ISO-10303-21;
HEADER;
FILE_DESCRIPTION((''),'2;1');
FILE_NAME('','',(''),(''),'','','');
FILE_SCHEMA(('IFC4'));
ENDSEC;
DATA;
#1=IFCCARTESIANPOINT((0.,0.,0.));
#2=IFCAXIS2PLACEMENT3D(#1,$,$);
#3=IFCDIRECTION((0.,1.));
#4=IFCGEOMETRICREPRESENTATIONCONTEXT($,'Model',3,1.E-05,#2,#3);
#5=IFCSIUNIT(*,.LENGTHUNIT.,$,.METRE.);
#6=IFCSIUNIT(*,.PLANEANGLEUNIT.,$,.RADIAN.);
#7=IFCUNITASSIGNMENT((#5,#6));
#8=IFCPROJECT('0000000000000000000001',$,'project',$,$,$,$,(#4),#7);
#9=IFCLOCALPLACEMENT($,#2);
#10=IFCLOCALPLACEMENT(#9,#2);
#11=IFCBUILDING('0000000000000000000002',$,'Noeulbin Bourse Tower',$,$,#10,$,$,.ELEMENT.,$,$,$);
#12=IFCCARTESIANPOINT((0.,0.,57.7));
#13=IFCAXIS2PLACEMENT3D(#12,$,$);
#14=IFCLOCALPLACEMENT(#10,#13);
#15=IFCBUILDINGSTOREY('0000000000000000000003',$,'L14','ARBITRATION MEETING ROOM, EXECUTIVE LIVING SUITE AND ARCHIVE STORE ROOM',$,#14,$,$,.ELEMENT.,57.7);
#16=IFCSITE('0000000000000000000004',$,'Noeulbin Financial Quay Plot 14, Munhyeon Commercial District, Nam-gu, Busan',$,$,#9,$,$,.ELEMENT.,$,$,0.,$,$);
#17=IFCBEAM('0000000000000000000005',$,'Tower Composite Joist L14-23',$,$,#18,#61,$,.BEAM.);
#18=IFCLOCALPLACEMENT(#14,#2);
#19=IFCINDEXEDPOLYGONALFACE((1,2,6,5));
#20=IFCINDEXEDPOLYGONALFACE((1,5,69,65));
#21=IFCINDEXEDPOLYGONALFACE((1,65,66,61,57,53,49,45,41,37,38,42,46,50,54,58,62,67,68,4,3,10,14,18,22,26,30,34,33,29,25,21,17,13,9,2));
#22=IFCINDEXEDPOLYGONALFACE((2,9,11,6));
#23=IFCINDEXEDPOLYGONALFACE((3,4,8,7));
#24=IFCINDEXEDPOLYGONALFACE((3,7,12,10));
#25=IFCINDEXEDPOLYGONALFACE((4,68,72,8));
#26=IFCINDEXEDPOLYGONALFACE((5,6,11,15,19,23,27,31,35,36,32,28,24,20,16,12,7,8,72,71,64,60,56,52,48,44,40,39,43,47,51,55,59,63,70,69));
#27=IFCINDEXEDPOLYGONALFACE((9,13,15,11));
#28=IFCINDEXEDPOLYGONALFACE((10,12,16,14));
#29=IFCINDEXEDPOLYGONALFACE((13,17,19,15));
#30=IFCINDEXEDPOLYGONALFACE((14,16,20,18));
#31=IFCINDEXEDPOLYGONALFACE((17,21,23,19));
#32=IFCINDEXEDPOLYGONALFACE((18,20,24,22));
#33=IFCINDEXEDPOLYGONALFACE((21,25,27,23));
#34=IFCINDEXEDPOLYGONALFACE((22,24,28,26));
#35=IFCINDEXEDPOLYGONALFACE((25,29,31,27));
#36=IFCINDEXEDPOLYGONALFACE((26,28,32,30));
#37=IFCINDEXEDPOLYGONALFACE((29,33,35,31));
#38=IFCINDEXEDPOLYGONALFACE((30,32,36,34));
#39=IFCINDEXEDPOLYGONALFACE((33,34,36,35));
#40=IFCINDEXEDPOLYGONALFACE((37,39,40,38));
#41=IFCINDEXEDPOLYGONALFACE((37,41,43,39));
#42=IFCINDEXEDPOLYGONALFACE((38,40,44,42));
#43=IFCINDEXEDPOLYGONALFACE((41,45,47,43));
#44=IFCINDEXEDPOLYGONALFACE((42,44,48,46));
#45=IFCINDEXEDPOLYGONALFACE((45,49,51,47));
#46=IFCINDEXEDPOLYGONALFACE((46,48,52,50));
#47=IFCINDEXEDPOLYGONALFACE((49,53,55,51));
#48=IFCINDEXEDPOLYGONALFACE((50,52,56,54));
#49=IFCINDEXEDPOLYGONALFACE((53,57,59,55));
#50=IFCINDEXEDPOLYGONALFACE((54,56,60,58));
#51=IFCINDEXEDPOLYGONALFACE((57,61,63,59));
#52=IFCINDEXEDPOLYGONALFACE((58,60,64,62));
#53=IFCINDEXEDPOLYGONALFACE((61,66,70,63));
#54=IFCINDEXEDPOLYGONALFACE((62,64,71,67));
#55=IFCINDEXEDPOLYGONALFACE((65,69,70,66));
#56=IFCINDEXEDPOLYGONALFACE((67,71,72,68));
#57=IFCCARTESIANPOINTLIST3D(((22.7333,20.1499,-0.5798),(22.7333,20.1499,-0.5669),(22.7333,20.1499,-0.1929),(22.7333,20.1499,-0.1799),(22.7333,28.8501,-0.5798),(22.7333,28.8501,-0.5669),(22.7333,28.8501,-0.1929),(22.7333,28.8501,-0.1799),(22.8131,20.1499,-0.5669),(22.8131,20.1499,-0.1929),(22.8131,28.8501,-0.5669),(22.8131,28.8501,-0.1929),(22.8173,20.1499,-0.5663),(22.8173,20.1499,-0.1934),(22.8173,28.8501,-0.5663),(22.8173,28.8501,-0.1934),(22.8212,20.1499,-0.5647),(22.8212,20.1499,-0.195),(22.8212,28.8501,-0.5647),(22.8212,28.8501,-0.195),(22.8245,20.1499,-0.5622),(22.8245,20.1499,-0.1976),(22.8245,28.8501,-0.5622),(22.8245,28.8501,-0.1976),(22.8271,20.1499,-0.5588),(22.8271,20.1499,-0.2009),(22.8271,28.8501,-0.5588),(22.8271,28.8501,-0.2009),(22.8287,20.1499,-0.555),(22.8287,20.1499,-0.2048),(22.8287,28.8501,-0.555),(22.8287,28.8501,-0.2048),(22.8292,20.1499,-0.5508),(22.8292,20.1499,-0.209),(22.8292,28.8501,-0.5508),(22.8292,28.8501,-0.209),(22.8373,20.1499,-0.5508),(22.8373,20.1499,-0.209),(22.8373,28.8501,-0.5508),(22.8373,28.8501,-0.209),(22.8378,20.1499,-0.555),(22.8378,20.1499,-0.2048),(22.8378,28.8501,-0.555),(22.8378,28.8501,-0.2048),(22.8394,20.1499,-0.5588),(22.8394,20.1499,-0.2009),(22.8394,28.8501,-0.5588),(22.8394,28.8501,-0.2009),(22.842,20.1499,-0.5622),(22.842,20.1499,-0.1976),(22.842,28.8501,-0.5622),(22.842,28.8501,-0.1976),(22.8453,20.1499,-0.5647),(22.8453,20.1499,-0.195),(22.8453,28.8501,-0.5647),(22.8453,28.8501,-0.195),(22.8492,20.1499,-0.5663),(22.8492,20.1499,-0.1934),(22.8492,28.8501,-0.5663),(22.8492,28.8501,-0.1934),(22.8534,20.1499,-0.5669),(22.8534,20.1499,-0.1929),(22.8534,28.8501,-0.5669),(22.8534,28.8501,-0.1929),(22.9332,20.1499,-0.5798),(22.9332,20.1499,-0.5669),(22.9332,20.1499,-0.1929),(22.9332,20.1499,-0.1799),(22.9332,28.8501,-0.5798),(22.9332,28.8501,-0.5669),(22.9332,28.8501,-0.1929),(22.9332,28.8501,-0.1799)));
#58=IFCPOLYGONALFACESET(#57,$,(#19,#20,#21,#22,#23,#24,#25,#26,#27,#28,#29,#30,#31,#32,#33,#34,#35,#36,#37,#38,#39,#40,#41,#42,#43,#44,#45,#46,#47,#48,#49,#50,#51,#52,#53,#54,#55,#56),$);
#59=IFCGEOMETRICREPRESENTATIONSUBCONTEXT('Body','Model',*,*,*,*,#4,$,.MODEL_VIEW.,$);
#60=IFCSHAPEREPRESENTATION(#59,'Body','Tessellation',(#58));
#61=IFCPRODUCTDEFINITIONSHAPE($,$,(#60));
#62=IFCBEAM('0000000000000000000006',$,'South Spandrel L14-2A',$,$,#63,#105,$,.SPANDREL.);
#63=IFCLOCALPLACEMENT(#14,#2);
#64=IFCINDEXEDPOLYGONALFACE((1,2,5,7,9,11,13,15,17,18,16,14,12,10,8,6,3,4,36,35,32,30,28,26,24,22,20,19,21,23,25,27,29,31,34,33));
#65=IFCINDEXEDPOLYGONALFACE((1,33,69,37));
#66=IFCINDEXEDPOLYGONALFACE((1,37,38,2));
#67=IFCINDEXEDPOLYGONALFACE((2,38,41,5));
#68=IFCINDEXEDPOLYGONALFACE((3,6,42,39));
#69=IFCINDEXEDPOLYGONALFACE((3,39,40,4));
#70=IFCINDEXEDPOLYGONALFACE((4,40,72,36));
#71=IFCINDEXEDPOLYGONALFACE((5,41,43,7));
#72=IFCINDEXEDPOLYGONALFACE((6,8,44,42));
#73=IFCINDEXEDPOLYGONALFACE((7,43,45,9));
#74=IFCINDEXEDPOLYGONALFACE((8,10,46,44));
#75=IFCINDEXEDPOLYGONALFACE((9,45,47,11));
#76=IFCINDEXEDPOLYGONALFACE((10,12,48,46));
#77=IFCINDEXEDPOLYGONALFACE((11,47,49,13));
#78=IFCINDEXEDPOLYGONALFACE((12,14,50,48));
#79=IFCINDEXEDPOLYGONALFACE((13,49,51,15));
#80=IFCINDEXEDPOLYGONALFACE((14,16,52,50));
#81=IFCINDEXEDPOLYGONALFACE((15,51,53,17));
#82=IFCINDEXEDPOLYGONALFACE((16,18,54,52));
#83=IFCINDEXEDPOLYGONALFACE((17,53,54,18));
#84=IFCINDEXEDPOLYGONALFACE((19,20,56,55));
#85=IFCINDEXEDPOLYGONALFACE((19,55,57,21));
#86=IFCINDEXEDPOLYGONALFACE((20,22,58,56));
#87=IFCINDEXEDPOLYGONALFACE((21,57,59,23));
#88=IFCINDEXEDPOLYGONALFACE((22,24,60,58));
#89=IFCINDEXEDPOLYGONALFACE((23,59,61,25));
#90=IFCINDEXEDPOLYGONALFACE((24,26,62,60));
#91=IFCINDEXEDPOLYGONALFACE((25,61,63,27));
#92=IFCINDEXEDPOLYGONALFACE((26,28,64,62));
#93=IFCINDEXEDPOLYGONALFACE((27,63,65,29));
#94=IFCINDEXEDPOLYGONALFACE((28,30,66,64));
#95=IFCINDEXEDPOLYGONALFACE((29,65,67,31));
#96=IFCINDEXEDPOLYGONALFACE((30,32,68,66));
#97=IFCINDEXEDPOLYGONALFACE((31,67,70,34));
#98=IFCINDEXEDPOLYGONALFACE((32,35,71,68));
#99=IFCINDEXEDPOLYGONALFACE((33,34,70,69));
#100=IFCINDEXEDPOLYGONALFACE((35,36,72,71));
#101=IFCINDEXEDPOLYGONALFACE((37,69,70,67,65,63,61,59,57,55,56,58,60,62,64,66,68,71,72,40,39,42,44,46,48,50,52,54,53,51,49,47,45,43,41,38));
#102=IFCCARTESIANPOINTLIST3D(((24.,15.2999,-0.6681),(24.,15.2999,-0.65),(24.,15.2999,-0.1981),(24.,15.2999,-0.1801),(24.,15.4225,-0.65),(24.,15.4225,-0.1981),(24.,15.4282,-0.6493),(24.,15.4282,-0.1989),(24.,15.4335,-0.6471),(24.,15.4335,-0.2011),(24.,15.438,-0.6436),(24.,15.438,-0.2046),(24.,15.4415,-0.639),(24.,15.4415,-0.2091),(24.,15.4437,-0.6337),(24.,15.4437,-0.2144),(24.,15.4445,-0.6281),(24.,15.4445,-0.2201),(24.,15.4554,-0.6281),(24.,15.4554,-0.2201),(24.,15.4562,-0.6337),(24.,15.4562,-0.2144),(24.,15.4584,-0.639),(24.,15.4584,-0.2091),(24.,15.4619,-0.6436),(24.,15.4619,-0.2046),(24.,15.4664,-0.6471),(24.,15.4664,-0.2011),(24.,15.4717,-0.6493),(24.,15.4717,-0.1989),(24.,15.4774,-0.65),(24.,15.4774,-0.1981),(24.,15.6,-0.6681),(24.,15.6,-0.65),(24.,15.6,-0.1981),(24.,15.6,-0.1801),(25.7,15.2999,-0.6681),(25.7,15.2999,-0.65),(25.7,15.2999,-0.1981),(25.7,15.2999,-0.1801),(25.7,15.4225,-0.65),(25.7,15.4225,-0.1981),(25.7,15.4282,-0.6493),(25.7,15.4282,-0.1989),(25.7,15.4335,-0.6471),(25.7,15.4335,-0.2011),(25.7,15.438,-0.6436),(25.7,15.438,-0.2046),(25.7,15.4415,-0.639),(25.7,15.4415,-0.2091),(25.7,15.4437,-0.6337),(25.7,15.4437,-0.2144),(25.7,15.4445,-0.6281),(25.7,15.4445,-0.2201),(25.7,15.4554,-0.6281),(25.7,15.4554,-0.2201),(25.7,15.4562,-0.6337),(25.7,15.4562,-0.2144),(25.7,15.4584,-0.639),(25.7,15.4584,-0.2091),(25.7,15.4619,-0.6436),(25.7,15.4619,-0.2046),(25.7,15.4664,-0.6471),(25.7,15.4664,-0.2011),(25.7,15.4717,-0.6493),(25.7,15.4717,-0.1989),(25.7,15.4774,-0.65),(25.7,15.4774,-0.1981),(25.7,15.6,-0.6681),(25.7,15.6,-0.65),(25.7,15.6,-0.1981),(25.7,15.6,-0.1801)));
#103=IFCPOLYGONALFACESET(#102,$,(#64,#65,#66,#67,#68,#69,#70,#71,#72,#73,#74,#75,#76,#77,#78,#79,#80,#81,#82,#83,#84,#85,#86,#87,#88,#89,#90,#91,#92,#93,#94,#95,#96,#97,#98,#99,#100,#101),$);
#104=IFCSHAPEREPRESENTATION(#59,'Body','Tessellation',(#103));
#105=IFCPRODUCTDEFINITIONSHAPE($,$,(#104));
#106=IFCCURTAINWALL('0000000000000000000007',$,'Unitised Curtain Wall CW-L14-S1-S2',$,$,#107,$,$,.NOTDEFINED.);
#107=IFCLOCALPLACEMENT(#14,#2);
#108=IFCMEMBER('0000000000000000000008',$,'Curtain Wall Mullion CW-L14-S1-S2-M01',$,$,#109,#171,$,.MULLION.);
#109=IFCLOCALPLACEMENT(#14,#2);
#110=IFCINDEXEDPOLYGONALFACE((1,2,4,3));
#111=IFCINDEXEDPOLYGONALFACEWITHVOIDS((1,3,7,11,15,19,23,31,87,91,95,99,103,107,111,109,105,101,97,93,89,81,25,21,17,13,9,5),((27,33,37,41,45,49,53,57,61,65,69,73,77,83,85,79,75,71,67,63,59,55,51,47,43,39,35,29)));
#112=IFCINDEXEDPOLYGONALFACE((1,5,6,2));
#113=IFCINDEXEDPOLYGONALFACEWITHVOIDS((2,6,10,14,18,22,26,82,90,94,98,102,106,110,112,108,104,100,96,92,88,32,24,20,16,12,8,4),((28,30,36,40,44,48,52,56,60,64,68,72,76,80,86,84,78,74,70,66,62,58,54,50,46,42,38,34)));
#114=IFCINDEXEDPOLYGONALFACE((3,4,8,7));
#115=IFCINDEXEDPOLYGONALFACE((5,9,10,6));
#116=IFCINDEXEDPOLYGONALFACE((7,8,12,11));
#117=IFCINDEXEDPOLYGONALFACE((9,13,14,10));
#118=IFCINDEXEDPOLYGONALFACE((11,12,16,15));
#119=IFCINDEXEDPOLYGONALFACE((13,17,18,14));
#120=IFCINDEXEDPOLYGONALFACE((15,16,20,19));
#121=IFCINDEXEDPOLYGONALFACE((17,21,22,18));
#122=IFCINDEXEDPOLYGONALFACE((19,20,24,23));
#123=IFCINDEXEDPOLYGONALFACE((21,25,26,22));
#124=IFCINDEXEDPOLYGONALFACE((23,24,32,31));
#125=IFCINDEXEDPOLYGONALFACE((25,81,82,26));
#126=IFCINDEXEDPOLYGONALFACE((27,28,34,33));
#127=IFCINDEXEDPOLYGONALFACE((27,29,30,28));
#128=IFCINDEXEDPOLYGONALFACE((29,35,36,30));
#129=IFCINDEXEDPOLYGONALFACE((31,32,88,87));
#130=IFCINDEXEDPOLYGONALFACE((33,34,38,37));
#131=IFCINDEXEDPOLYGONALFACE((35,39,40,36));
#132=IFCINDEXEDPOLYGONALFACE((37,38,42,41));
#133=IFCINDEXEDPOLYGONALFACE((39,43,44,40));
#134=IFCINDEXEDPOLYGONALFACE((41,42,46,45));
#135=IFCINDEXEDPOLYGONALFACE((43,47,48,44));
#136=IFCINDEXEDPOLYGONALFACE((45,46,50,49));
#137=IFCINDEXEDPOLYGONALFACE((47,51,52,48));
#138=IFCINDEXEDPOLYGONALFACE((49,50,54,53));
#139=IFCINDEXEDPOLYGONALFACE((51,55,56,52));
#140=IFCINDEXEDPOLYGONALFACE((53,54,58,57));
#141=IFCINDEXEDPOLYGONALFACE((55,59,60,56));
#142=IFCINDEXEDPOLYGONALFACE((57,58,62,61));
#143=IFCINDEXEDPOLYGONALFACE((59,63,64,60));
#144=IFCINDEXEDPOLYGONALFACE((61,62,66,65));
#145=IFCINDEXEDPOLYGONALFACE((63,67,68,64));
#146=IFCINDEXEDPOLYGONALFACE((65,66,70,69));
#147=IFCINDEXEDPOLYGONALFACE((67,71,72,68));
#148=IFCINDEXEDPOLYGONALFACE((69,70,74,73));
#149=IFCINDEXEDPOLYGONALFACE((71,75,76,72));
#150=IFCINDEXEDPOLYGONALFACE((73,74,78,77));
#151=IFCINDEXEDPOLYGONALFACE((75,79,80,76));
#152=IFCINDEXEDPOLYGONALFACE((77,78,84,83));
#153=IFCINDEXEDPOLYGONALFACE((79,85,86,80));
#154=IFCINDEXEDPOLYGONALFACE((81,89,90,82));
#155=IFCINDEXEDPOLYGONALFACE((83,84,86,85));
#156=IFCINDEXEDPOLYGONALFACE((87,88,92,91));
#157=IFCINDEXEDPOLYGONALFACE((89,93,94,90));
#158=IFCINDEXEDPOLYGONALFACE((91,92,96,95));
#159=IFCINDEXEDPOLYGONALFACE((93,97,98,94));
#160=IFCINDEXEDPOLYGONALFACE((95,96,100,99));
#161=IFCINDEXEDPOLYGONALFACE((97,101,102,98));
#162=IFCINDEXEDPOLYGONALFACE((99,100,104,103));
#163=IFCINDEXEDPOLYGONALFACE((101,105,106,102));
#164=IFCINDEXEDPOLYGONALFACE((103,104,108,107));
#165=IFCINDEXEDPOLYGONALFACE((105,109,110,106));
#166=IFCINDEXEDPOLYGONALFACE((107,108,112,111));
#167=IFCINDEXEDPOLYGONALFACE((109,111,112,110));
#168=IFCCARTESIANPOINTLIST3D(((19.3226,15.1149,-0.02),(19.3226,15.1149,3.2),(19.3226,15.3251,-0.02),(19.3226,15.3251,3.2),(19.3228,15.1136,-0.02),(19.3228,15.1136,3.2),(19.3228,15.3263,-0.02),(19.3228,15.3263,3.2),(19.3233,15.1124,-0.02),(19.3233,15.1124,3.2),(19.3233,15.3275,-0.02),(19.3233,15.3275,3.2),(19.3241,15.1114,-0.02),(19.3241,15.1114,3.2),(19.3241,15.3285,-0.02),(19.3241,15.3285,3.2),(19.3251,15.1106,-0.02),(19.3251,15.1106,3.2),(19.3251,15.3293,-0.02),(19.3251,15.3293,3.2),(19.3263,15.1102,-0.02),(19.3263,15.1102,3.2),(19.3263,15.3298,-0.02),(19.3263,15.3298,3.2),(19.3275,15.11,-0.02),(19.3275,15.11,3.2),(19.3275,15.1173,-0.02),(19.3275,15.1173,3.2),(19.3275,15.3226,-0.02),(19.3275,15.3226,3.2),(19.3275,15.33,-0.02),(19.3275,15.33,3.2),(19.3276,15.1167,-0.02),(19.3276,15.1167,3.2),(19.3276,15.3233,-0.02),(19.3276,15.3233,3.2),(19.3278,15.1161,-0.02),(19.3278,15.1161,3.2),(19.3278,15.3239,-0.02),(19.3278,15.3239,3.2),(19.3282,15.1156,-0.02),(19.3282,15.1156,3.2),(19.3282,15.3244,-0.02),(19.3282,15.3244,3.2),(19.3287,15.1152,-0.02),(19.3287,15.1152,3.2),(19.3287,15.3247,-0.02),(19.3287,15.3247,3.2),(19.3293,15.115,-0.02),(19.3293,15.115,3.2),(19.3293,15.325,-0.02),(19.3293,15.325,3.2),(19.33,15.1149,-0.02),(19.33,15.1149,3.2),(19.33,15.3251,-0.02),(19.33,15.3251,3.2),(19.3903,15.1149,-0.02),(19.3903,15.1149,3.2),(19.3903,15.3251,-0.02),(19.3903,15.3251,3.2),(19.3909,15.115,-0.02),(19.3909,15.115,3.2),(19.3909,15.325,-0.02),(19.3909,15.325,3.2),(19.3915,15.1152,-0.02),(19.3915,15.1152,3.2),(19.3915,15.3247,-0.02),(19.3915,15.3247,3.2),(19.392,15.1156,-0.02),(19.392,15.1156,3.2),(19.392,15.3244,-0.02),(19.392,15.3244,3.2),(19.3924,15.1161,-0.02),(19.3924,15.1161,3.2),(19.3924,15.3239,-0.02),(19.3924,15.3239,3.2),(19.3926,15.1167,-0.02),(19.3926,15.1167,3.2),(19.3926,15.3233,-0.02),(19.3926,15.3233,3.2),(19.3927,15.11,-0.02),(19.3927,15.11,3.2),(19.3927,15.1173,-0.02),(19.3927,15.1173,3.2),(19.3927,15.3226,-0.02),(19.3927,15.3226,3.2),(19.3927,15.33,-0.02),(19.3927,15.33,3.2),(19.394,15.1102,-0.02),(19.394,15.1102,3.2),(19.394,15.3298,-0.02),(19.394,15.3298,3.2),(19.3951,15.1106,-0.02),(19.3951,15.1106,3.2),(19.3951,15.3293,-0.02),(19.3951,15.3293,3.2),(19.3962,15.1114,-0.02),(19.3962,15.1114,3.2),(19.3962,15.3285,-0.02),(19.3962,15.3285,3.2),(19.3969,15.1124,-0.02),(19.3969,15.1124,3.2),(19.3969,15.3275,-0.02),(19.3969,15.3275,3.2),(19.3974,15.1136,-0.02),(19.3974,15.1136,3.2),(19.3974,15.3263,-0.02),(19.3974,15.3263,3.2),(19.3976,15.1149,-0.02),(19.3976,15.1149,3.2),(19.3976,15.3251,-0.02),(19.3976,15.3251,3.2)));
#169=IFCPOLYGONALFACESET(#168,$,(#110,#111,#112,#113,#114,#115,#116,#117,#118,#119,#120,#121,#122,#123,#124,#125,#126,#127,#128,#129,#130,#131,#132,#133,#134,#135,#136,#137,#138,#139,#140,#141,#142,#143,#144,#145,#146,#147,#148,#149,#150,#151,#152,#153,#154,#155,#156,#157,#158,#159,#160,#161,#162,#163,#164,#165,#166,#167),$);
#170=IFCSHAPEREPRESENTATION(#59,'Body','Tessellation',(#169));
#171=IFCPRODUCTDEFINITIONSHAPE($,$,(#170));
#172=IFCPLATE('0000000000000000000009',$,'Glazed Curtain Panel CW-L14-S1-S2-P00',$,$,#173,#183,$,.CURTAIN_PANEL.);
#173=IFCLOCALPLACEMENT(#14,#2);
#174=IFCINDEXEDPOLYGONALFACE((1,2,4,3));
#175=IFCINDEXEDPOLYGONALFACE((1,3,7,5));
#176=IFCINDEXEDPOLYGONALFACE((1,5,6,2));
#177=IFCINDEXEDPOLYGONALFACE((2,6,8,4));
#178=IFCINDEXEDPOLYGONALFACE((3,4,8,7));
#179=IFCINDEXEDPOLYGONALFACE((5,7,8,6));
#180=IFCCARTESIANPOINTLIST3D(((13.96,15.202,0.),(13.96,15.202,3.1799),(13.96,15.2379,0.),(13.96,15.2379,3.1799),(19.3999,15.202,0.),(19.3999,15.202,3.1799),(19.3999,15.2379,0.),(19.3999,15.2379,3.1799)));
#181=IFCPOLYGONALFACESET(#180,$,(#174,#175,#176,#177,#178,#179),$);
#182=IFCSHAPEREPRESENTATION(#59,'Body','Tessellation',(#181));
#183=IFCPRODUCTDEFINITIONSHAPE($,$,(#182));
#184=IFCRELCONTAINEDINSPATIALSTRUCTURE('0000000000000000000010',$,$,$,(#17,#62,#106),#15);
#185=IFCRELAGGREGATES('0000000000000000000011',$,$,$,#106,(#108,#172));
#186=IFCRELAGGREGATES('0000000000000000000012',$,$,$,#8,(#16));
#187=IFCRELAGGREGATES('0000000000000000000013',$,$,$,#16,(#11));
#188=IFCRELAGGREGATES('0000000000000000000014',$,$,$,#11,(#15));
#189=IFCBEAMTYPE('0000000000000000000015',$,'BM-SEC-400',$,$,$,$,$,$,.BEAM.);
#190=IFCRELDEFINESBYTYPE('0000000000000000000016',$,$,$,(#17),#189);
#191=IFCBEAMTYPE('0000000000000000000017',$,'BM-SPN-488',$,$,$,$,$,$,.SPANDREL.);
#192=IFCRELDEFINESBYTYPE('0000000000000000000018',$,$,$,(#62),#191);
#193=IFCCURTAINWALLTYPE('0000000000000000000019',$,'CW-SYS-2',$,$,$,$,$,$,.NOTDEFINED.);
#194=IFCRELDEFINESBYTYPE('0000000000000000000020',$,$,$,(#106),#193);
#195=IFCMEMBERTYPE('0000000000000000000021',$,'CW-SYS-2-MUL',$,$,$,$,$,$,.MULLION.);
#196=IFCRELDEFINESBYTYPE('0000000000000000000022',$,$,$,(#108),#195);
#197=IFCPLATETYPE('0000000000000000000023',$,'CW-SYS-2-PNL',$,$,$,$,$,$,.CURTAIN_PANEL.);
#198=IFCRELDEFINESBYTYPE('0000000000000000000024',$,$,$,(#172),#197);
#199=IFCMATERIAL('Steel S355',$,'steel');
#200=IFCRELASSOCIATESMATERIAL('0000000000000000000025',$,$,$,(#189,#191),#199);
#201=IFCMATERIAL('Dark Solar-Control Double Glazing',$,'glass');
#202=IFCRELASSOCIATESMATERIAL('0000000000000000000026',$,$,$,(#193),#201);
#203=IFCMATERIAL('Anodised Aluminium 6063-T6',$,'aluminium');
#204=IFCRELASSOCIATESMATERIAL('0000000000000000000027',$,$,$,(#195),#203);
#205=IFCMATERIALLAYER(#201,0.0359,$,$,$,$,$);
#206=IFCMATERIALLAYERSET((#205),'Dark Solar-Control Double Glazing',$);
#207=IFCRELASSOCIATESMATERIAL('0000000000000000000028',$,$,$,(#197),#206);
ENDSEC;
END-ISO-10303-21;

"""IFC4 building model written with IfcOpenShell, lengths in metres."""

from ifc_helpers import new_model, si_unit, direction, frame, origin, origin_2d, place, context, subcontext, project, spatial, rectangle, hollow_rectangle, i_section, extrude, material, layer, layer_set, material_profile, profile_set, type_object, element, aggregate, save


model = new_model("IFC4")

# Units and contexts
model_context = context("Model", 3, precision=1e-05, world=origin(), true_north=direction((0.0, 1.0)))
body_context = subcontext(model_context, "Body", "Model", "MODEL_VIEW")
ifc_project = project(units=[si_unit("LENGTHUNIT", "METRE"), si_unit("PLANEANGLEUNIT", "RADIAN")], contexts=[model_context])

# Site, building, storey
site_placement = place(None, origin())
site = spatial("IfcSite", under=ifc_project, at=site_placement, Name="Noeulbin Financial Quay Plot 14, Munhyeon Commercial District, Nam-gu, Busan", CompositionType="ELEMENT", RefElevation=0.0)
building_placement = place(site_placement, origin())
building = spatial("IfcBuilding", under=site, at=building_placement, Name="Noeulbin Bourse Tower", CompositionType="ELEMENT")
storey_placement = place(building_placement, frame((0.0, 0.0, 57.7)))
storey = spatial("IfcBuildingStorey", under=building, at=storey_placement, Name="L14", Description="ARBITRATION MEETING ROOM, EXECUTIVE LIVING SUITE AND ARCHIVE STORE ROOM", CompositionType="ELEMENT", Elevation=57.7)

# Beams
ifc_material_1 = material(Name="Steel S355", Category="steel")
ifc_material_profile_1 = material_profile(ifc_material_1, i_section(OverallWidth=0.2, OverallDepth=0.3999, WebThickness=0.0081, FlangeThickness=0.0129, FilletRadius=0.0161, at=origin_2d()), Name="H-400x200x8x13", Category="LoadBearing")
ifc_profile_set_1 = profile_set([ifc_material_profile_1], Name="Steel S355")
beam_type_1 = type_object("IfcBeamType", Name="BM-SEC-400", PredefinedType="BEAM", material=ifc_profile_set_1)
beam_1_placement = place(storey_placement, frame((22.8333, 20.1499, -0.3799), z_axis=(0.0, 1.0, 0.0), x_axis=(-1.0, 0.0, 0.0)))
element("IfcBeam", 1, at=beam_1_placement, inside=storey, type_object=beam_type_1, Name="Tower Composite Joist L14-23", PredefinedType="BEAM", context=body_context, shape_type="SweptSolid", body=[
    extrude(i_section(OverallWidth=0.2, OverallDepth=0.3999, WebThickness=0.0081, FlangeThickness=0.0129, FilletRadius=0.0161, at=origin_2d()), origin(), (0.0, 0.0, 1.0), 8.7002),
])
ifc_material_profile_2 = material_profile(ifc_material_1, i_section(OverallWidth=0.3, OverallDepth=0.488, WebThickness=0.011, FlangeThickness=0.0181, FilletRadius=0.022, at=origin_2d()), Name="H-488x300x11x18", Category="LoadBearing")
ifc_profile_set_2 = profile_set([ifc_material_profile_2], Name="Steel S355")
beam_type_2 = type_object("IfcBeamType", Name="BM-SPN-488", PredefinedType="SPANDREL", material=ifc_profile_set_2)
beam_2_placement = place(storey_placement, frame((24.0, 15.45, -0.4241), z_axis=(1.0, 0.0, 0.0), x_axis=(0.0, 1.0, 0.0)))
element("IfcBeam", 2, at=beam_2_placement, inside=storey, type_object=beam_type_2, Name="South Spandrel L14-2A", PredefinedType="SPANDREL", context=body_context, shape_type="SweptSolid", body=[
    extrude(i_section(OverallWidth=0.3, OverallDepth=0.488, WebThickness=0.011, FlangeThickness=0.0181, FilletRadius=0.022, at=origin_2d()), origin(), (0.0, 0.0, 1.0), 1.7),
])

# Curtain wall, member, plate
ifc_material_2 = material(Name="Dark Solar-Control Double Glazing", Category="glass")
curtain_wall_type = type_object("IfcCurtainWallType", Name="CW-SYS-2", PredefinedType="NOTDEFINED", material=ifc_material_2)
curtain_wall_placement = place(storey_placement, origin())
curtain_wall = element("IfcCurtainWall", 3, at=curtain_wall_placement, inside=storey, type_object=curtain_wall_type, Name="Unitised Curtain Wall CW-L14-S1-S2", PredefinedType="NOTDEFINED")
ifc_material_3 = material(Name="Anodised Aluminium 6063-T6", Category="aluminium")
ifc_material_profile_3 = material_profile(ifc_material_3, hollow_rectangle(XDim=0.075, YDim=0.22, WallThickness=0.0049, InnerFilletRadius=0.0024, OuterFilletRadius=0.0049, at=origin_2d()), Name="ALU-MULL-75x220x5", Category="LoadBearing")
ifc_profile_set_3 = profile_set([ifc_material_profile_3], Name="Anodised Aluminium 6063-T6")
member_type = type_object("IfcMemberType", Name="CW-SYS-2-MUL", PredefinedType="MULLION", material=ifc_profile_set_3)
member_placement = place(storey_placement, frame((19.3601, 15.22, -0.02), z_axis=(0.0, 0.0, 1.0), x_axis=(1.0, 0.0, 0.0)))
member = element("IfcMember", 4, at=member_placement, type_object=member_type, Name="Curtain Wall Mullion CW-L14-S1-S2-M01", PredefinedType="MULLION", context=body_context, shape_type="SweptSolid", body=[
    extrude(hollow_rectangle(XDim=0.075, YDim=0.22, WallThickness=0.0049, InnerFilletRadius=0.0024, OuterFilletRadius=0.0049, at=origin_2d()), origin(), (0.0, 0.0, 1.0), 3.22),
])
ifc_layer_1 = layer(ifc_material_2, 0.0359)
ifc_layer_set_1 = layer_set([ifc_layer_1], Name="Dark Solar-Control Double Glazing")
plate_type_1 = type_object("IfcPlateType", Name="CW-SYS-2-PNL", PredefinedType="CURTAIN_PANEL", material=ifc_layer_set_1)
plate_1_placement = place(storey_placement, frame((16.6799, 15.22, 0.0), z_axis=(0.0, 0.0, 1.0), x_axis=(1.0, 0.0, 0.0)))
plate_1 = element("IfcPlate", 5, at=plate_1_placement, type_object=plate_type_1, Name="Glazed Curtain Panel CW-L14-S1-S2-P00", PredefinedType="CURTAIN_PANEL", context=body_context, shape_type="SweptSolid", body=[
    extrude(rectangle(XDim=5.4399, YDim=0.0359, at=origin_2d()), origin(), (0.0, 0.0, 1.0), 3.1799),
])
aggregate(curtain_wall, [member, plate_1])

save(model, "model.ifc")
